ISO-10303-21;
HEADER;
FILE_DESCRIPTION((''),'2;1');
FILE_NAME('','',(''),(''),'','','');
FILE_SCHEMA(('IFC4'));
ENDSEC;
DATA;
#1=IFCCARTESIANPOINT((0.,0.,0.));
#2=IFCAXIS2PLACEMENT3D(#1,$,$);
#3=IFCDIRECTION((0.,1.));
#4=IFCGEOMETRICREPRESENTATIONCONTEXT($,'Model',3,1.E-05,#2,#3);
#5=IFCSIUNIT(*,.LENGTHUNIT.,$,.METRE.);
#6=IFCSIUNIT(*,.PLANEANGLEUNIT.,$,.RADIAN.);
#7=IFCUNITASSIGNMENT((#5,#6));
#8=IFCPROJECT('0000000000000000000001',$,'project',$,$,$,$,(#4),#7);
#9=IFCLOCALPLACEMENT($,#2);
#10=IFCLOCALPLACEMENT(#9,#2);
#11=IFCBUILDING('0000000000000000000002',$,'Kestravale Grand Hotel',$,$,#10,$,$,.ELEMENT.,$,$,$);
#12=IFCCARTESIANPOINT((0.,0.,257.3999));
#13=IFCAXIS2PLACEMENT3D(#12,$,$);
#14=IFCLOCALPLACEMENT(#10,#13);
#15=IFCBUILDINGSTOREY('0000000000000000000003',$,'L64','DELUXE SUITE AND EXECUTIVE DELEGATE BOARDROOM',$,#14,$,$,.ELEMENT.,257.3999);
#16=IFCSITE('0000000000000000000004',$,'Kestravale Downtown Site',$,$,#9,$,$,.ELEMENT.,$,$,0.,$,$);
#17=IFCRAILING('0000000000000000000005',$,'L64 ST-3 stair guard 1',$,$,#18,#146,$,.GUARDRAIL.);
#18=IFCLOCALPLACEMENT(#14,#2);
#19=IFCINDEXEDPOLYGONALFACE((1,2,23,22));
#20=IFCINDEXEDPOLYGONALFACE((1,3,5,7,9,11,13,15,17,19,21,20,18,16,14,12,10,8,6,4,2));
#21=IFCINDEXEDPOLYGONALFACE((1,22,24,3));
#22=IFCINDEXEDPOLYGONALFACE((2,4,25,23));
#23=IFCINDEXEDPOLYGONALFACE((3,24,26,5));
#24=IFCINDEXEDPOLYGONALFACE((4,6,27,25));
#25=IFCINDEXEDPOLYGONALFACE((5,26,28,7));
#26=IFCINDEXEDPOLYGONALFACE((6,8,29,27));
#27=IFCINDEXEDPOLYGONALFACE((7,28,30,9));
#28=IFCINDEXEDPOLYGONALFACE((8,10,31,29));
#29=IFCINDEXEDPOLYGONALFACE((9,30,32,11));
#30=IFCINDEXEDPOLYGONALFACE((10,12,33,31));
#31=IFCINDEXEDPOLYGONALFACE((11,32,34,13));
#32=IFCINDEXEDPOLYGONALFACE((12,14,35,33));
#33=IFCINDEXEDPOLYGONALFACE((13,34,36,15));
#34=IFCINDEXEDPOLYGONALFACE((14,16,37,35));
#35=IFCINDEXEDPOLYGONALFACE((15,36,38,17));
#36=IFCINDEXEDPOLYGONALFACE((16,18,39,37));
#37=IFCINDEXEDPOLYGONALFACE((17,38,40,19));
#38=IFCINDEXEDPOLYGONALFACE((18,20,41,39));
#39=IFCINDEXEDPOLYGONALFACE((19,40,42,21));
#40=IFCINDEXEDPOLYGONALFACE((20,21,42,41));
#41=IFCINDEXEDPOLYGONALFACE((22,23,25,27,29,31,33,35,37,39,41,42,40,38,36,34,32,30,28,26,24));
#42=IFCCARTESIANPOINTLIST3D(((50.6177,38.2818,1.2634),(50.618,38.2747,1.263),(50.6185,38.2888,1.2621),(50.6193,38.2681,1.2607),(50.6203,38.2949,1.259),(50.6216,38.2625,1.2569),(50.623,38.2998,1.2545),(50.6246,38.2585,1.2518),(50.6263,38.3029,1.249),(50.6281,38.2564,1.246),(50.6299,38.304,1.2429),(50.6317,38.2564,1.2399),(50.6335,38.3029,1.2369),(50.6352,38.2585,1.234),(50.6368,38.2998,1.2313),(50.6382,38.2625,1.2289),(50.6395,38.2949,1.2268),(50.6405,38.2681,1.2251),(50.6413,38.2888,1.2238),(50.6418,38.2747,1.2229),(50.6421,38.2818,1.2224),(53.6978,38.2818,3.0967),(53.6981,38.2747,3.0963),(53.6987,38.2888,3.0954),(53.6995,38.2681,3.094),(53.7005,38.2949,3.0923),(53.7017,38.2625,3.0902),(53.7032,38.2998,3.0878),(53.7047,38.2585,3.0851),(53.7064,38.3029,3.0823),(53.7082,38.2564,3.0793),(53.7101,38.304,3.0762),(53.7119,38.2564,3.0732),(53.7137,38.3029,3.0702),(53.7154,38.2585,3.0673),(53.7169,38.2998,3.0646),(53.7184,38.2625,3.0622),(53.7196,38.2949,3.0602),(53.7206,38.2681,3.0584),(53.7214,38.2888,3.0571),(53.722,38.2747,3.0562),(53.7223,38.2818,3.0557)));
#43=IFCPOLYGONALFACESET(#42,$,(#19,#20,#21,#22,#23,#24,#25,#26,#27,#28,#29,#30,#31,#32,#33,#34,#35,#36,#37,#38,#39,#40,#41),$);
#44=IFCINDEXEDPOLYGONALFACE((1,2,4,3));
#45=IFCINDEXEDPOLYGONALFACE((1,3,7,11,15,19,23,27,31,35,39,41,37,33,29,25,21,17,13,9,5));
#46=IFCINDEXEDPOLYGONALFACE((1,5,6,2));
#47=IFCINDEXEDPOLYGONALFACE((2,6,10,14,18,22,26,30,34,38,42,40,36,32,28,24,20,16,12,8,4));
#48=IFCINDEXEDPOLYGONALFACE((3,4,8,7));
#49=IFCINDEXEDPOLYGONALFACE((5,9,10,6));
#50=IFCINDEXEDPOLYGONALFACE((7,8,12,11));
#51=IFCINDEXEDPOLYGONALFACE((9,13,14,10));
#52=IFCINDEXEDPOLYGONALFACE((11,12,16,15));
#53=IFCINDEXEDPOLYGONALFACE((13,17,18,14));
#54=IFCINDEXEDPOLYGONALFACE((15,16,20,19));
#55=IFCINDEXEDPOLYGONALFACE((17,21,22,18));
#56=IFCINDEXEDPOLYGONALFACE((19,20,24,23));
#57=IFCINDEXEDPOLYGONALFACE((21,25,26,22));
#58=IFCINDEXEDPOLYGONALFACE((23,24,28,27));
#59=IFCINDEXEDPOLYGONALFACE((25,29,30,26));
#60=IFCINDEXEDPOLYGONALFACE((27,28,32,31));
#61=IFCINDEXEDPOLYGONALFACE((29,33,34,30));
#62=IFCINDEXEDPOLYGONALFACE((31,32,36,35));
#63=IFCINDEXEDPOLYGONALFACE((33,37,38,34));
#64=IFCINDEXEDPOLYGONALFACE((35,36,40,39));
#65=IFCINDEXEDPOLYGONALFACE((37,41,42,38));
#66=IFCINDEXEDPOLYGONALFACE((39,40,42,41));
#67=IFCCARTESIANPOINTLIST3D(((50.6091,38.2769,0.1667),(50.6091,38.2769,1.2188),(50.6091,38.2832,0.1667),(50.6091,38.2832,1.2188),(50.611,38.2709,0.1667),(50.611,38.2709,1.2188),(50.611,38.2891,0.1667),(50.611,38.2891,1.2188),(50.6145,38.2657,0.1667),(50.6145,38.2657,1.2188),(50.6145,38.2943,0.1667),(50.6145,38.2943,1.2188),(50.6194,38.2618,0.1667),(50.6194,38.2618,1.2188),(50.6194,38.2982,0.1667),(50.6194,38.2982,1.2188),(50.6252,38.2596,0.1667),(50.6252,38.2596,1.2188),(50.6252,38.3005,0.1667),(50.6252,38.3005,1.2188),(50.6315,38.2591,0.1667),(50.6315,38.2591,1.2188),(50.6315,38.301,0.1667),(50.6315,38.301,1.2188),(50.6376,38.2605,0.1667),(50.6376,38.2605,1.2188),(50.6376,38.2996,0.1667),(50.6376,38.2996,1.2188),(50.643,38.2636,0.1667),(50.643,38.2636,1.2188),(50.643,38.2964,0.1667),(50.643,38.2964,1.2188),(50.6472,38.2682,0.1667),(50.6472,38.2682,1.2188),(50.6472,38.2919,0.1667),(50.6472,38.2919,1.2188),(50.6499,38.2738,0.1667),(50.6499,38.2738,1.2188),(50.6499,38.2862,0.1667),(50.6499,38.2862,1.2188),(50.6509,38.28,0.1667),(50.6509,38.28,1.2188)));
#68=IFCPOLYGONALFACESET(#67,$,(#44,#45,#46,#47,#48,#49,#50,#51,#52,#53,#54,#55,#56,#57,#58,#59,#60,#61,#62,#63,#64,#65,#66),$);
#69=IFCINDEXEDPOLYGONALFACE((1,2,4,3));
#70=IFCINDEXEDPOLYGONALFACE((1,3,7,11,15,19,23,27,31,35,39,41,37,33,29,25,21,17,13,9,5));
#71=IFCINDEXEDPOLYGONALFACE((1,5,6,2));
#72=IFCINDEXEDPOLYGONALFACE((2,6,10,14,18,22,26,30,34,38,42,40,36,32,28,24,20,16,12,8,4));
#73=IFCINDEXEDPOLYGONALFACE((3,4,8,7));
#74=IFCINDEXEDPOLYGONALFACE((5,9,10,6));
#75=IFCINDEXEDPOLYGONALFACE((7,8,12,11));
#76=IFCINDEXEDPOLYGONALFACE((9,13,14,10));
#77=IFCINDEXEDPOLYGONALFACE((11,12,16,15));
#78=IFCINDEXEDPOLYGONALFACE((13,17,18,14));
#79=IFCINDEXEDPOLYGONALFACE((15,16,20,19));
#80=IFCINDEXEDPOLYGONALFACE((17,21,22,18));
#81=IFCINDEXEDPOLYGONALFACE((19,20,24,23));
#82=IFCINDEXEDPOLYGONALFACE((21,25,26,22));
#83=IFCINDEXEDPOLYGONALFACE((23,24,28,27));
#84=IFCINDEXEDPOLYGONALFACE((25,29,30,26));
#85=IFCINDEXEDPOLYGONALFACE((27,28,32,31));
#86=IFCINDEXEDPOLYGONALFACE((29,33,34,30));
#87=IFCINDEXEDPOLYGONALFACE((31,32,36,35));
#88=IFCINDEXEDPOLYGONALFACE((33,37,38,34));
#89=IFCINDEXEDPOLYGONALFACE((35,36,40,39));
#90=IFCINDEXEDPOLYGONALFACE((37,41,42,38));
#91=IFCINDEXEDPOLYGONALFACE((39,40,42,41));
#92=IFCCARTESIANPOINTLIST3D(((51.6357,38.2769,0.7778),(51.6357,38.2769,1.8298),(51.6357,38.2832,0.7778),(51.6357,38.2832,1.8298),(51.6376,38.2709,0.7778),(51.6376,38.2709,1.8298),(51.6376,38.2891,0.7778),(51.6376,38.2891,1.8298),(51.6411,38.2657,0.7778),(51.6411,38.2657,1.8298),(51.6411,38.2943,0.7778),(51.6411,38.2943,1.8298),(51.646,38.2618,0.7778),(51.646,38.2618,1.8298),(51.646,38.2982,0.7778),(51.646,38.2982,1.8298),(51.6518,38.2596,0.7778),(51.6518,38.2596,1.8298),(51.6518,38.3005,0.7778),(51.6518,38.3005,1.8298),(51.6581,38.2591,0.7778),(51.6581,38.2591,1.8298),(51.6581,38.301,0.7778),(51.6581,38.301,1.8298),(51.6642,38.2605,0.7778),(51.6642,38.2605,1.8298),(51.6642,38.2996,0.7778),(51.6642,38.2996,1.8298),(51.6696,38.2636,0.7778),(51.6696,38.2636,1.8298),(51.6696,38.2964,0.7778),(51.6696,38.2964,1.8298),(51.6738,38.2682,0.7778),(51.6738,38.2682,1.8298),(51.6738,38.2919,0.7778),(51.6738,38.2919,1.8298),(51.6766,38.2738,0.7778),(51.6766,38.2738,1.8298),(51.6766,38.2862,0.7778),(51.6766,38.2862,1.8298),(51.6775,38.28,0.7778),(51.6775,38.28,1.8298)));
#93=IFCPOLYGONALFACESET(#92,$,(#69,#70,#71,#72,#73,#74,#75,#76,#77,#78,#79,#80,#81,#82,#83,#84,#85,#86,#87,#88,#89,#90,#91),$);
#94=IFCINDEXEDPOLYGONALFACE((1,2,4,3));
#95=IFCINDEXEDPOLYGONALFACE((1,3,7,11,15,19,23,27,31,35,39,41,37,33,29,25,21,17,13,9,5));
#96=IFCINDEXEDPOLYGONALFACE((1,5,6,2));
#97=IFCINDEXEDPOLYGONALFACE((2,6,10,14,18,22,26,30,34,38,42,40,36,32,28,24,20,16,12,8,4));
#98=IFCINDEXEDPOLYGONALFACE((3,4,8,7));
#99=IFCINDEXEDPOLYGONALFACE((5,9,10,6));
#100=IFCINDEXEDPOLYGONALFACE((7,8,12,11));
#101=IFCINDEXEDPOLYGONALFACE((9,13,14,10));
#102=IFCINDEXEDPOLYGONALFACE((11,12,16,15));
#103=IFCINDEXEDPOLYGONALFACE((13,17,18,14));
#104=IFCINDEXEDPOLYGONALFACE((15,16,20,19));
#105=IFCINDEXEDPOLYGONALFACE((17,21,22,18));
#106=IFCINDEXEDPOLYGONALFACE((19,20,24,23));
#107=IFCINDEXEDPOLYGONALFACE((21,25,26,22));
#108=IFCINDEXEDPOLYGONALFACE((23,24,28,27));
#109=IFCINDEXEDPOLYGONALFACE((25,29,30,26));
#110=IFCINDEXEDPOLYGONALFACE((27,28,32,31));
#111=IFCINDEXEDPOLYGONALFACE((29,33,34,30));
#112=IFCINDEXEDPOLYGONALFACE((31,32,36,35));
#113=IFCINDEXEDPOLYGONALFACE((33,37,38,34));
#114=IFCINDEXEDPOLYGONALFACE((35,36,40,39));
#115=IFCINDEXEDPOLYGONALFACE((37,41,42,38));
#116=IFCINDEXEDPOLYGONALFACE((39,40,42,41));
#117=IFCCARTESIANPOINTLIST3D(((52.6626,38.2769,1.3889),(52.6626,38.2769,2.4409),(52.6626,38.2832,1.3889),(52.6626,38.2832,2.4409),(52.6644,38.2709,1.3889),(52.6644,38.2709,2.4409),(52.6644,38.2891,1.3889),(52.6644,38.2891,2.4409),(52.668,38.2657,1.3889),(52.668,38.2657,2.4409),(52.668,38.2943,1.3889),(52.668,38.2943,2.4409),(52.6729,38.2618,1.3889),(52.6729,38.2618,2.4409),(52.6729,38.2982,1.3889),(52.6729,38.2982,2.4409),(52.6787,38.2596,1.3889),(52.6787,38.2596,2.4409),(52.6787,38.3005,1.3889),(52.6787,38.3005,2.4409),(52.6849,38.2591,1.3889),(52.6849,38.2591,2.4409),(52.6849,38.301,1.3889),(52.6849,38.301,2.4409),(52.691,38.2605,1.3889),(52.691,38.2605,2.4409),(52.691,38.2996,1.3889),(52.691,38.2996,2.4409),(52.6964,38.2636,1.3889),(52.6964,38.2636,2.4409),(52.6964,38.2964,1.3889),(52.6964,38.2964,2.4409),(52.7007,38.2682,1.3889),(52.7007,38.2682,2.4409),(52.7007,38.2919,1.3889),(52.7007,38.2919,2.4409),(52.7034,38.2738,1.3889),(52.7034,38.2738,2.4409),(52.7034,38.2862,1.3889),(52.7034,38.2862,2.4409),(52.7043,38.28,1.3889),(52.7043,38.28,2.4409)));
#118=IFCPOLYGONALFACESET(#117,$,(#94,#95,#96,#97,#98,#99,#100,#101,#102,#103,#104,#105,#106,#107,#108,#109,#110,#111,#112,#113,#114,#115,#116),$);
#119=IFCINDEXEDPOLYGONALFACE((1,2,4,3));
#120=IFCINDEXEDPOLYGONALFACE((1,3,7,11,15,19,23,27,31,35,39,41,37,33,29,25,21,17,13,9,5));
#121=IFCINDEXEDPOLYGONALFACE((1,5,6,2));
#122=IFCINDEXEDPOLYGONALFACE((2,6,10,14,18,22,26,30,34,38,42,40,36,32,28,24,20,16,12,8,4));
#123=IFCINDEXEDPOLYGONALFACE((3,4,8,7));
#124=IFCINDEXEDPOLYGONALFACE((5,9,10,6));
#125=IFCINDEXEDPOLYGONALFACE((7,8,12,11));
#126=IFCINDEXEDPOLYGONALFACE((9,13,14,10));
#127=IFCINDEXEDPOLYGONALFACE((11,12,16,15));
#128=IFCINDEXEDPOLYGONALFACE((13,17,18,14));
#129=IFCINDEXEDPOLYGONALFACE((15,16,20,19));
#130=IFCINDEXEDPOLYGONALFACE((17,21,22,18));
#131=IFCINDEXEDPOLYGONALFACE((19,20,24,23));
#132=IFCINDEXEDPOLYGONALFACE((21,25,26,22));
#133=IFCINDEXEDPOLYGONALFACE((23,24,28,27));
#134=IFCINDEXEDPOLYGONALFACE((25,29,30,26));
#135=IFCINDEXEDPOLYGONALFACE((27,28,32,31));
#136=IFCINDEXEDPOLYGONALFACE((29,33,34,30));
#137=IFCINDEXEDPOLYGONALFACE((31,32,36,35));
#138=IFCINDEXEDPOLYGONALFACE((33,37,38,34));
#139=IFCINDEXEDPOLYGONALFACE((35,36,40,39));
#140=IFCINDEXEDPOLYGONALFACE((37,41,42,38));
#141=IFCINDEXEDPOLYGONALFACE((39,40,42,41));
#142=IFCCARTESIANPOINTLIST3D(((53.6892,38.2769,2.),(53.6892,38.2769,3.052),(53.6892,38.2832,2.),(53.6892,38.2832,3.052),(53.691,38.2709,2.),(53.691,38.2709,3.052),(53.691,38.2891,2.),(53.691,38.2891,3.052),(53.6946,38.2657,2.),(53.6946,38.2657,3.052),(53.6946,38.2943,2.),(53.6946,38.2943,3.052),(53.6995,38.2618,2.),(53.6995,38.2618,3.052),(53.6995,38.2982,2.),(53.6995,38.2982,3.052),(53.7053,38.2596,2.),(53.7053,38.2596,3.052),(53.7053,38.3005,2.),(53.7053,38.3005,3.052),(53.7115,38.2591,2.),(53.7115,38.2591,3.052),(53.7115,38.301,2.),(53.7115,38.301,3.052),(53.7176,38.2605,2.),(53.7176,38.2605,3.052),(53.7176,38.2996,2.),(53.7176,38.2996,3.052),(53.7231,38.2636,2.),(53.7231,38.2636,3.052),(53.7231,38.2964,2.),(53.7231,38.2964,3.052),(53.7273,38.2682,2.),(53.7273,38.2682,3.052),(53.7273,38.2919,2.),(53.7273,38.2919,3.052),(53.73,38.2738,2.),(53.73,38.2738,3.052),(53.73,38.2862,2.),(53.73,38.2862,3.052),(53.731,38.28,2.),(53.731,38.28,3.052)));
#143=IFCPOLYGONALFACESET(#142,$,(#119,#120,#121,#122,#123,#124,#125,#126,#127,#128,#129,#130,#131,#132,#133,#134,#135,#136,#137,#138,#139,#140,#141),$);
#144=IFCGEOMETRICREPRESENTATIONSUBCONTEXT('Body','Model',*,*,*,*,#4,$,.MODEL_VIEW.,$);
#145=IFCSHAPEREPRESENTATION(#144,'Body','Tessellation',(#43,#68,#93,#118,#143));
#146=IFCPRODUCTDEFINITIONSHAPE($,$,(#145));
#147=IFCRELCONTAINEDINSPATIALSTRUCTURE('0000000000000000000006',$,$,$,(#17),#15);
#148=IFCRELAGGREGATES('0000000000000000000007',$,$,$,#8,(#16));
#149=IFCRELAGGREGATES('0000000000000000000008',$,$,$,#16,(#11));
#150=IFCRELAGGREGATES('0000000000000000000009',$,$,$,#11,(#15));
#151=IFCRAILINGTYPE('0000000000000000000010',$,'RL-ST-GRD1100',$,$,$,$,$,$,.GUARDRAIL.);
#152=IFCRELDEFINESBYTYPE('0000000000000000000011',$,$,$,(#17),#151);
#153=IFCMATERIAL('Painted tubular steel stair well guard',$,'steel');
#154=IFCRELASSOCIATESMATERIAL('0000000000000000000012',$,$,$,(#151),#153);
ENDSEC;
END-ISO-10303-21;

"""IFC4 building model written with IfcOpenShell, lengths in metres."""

from ifc_helpers import new_model, si_unit, direction, frame, origin, origin_2d, place, context, subcontext, project, spatial, circle, extrude, material, type_object, element, save


model = new_model("IFC4")

# Units and contexts
model_context = context("Model", 3, precision=1e-05, world=origin(), true_north=direction((0.0, 1.0)))
body_context = subcontext(model_context, "Body", "Model", "MODEL_VIEW")
ifc_project = project(units=[si_unit("LENGTHUNIT", "METRE"), si_unit("PLANEANGLEUNIT", "RADIAN")], contexts=[model_context])

# Site, building, storey
site_placement = place(None, origin())
site = spatial("IfcSite", under=ifc_project, at=site_placement, Name="Kestravale Downtown Site", CompositionType="ELEMENT", RefElevation=0.0)
building_placement = place(site_placement, origin())
building = spatial("IfcBuilding", under=site, at=building_placement, Name="Kestravale Grand Hotel", CompositionType="ELEMENT")
storey_placement = place(building_placement, frame((0.0, 0.0, 257.3999)))
storey = spatial("IfcBuildingStorey", under=building, at=storey_placement, Name="L64", Description="DELUXE SUITE AND EXECUTIVE DELEGATE BOARDROOM", CompositionType="ELEMENT", Elevation=257.3999)

# Railing
ifc_material_1 = material(Name="Painted tubular steel stair well guard", Category="steel")
railing_type_1 = type_object("IfcRailingType", Name="RL-ST-GRD1100", PredefinedType="GUARDRAIL", material=ifc_material_1)
railing_1_placement = place(storey_placement, frame((50.6299, 38.28, 0.1667)))
element("IfcRailing", 1, at=railing_1_placement, inside=storey, type_object=railing_type_1, Name="L64 ST-3 stair guard 1", PredefinedType="GUARDRAIL", context=body_context, shape_type="SweptSolid", body=[
    extrude(circle(Radius=0.0239, at=origin_2d()), frame((0.0, 0.0, 1.0762), z_axis=(0.859309, 0.0, 0.511458), x_axis=(0.0, 1.0, 0.0)), (0.0, 0.0, 1.0), 3.5845),
    extrude(circle(Radius=0.021, at=origin_2d()), origin(), (0.0, 0.0, 1.0), 1.052),
    extrude(circle(Radius=0.021, at=origin_2d()), frame((1.0266, 0.0, 0.6111)), (0.0, 0.0, 1.0), 1.052),
    extrude(circle(Radius=0.021, at=origin_2d()), frame((2.0535, 0.0, 1.2222)), (0.0, 0.0, 1.0), 1.052),
    extrude(circle(Radius=0.021, at=origin_2d()), frame((3.0801, 0.0, 1.8333)), (0.0, 0.0, 1.0), 1.052),
])

save(model, "model.ifc")
